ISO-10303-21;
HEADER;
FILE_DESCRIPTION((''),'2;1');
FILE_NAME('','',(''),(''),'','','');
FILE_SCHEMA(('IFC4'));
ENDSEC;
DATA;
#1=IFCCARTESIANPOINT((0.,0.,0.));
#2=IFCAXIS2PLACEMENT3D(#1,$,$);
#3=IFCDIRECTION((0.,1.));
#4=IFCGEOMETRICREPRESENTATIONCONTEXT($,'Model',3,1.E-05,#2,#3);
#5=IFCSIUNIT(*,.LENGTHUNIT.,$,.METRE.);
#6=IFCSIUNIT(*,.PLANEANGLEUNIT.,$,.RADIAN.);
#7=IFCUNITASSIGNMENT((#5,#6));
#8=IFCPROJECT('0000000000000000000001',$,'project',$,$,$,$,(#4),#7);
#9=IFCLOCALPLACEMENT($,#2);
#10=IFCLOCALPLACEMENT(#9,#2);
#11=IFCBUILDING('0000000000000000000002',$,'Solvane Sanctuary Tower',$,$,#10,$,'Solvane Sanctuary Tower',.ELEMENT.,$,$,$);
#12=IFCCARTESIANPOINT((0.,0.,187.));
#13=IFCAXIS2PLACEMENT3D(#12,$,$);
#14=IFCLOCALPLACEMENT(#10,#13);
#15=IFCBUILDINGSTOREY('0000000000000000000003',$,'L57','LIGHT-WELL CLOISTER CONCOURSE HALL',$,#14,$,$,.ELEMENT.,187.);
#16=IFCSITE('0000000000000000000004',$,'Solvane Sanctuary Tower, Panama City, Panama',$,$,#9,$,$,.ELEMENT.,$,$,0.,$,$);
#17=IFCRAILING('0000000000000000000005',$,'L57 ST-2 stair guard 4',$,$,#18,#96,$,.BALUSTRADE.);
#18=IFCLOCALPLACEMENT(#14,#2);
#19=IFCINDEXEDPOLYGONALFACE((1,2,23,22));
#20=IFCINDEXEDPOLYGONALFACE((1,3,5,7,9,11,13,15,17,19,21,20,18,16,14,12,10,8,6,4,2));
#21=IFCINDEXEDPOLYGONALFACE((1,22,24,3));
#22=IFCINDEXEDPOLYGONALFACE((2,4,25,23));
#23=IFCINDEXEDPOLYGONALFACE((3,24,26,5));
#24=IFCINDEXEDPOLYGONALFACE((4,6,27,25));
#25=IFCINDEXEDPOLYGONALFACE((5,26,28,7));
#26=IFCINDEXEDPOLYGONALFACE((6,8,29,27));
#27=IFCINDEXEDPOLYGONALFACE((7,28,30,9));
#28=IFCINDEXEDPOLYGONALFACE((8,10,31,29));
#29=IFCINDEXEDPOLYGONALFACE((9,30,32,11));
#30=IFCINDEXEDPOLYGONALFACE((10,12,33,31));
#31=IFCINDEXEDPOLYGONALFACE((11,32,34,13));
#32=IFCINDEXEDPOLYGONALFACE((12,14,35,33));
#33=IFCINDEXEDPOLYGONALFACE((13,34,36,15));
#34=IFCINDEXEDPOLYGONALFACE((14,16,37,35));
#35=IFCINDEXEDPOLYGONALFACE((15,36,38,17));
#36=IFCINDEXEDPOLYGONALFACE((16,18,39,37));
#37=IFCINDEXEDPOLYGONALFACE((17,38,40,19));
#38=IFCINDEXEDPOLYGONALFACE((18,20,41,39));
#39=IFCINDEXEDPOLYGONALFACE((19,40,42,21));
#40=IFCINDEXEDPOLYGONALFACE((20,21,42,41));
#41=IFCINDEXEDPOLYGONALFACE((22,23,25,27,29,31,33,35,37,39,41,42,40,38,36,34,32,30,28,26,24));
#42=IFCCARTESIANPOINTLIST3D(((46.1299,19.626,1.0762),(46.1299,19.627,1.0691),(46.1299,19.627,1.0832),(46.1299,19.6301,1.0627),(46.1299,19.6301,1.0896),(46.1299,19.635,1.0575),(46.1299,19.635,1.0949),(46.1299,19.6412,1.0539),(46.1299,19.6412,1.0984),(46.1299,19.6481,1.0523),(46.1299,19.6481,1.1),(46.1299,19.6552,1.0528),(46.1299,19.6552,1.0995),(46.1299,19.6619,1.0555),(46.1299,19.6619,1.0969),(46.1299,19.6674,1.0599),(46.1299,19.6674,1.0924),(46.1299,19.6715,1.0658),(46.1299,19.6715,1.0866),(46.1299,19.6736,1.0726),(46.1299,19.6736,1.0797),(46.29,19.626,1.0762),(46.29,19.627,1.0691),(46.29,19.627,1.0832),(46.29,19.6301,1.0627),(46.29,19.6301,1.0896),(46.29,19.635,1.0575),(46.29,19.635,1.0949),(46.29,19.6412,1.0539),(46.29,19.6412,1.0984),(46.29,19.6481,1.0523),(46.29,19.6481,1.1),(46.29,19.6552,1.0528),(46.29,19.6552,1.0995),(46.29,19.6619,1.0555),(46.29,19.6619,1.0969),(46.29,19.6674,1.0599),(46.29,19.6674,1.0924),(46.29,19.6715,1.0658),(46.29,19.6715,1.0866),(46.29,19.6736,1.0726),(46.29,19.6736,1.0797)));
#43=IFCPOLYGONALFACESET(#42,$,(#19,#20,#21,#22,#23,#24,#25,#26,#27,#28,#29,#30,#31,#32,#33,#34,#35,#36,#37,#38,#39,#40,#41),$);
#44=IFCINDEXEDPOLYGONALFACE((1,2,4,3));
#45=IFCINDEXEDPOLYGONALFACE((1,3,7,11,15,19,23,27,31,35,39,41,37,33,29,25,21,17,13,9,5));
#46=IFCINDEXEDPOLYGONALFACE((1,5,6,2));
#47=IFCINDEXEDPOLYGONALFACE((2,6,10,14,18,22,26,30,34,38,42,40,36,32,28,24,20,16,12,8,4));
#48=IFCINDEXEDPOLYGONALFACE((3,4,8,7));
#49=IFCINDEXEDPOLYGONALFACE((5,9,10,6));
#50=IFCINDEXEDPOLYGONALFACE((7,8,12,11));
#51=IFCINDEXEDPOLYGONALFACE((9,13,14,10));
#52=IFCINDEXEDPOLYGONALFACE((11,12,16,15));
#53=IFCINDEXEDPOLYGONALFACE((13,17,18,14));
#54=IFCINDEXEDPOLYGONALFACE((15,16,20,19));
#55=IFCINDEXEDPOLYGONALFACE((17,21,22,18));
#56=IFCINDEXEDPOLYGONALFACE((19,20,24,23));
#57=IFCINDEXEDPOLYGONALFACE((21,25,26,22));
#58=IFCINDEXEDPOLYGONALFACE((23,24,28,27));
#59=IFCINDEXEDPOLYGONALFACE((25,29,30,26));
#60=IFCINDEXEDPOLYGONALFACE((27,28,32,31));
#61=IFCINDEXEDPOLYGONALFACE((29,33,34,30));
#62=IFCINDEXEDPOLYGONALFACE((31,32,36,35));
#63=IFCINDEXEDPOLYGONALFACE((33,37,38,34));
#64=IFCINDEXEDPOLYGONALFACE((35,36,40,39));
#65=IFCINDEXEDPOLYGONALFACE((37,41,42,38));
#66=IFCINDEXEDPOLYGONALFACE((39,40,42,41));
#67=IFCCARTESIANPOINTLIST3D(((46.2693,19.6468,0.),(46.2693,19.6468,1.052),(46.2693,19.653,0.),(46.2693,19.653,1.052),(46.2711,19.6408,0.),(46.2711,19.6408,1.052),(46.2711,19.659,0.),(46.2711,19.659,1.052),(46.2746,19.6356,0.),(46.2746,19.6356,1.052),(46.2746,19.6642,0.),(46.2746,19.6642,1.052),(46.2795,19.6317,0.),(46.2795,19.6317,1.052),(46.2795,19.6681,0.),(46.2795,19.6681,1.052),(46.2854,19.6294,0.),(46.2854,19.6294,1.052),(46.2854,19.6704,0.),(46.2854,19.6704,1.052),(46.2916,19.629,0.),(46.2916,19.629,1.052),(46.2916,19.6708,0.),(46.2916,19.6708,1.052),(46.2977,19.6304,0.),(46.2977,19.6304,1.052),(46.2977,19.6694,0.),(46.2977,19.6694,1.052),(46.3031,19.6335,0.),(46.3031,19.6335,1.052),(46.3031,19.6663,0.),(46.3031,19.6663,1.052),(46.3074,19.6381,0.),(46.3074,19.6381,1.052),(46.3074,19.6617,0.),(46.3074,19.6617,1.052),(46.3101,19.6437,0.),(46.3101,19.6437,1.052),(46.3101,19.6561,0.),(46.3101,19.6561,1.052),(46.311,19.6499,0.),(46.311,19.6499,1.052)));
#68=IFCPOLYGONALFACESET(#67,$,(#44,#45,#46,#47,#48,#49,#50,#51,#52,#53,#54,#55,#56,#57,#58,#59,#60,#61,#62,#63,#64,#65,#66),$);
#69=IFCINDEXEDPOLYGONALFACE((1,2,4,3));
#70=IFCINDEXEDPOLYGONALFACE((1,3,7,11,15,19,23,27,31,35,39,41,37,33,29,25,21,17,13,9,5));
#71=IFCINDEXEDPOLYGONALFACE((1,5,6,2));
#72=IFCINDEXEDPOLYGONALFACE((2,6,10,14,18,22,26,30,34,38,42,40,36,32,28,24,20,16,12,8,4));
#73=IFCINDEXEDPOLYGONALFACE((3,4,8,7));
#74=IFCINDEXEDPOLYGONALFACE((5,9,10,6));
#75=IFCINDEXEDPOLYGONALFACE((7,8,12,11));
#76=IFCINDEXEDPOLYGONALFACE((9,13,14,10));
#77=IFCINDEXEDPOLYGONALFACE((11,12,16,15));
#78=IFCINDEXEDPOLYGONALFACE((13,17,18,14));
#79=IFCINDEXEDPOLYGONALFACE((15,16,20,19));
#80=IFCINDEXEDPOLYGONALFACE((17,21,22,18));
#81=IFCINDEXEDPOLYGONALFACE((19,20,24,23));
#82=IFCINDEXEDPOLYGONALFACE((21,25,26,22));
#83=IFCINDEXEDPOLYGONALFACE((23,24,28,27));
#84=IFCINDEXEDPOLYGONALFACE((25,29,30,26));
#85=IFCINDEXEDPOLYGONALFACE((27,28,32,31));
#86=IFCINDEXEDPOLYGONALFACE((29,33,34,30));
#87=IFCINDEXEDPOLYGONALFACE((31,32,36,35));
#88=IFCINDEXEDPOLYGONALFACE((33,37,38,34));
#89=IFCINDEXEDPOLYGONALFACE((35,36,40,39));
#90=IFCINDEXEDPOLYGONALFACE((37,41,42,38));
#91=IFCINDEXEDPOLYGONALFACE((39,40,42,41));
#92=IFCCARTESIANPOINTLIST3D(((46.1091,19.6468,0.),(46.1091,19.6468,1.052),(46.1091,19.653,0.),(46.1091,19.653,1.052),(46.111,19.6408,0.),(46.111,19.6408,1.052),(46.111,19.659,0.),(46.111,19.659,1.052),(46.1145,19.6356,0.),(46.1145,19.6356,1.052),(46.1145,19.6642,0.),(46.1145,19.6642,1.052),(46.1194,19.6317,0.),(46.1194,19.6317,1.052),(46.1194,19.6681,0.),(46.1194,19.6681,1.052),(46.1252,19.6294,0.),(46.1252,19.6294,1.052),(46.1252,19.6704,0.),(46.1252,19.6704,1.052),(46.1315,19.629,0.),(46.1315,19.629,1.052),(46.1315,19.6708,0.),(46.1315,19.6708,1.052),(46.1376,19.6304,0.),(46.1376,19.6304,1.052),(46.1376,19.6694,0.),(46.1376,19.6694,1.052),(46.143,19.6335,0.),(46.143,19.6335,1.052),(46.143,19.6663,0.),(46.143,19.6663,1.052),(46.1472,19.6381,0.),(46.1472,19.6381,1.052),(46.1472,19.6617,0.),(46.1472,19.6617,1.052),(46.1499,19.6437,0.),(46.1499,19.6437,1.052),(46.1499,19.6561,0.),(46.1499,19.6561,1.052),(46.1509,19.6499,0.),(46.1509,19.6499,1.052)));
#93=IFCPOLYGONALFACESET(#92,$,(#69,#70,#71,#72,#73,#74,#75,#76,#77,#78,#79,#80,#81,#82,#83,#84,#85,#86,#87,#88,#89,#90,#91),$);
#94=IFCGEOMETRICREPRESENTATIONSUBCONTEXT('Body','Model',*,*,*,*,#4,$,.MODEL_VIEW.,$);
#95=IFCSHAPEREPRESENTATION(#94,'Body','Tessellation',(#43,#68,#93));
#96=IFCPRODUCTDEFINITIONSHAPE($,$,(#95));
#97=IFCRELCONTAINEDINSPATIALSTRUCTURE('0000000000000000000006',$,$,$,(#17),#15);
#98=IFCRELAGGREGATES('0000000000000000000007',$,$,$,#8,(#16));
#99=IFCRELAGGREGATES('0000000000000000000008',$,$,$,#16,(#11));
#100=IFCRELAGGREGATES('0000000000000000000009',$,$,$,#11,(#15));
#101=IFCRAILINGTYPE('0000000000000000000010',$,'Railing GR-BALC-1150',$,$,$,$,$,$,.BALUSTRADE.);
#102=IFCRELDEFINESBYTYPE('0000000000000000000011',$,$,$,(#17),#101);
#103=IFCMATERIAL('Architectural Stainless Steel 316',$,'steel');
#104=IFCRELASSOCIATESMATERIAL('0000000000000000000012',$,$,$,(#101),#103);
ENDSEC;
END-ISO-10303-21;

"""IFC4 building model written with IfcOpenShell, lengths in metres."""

from ifc_helpers import new_model, si_unit, direction, frame, origin, origin_2d, place, context, subcontext, project, spatial, circle, extrude, material, type_object, element, save


model = new_model("IFC4")

# Units and contexts
model_context = context("Model", 3, precision=1e-05, world=origin(), true_north=direction((0.0, 1.0)))
body_context = subcontext(model_context, "Body", "Model", "MODEL_VIEW")
ifc_project = project(units=[si_unit("LENGTHUNIT", "METRE"), si_unit("PLANEANGLEUNIT", "RADIAN")], contexts=[model_context])

# Site, building, storey
site_placement = place(None, origin())
site = spatial("IfcSite", under=ifc_project, at=site_placement, Name="Solvane Sanctuary Tower, Panama City, Panama", CompositionType="ELEMENT", RefElevation=0.0)
building_placement = place(site_placement, origin())
building = spatial("IfcBuilding", under=site, at=building_placement, Name="Solvane Sanctuary Tower", LongName="Solvane Sanctuary Tower", CompositionType="ELEMENT")
storey_placement = place(building_placement, frame((0.0, 0.0, 187.0)))
storey = spatial("IfcBuildingStorey", under=building, at=storey_placement, Name="L57", Description="LIGHT-WELL CLOISTER CONCOURSE HALL", CompositionType="ELEMENT", Elevation=187.0)

# Shared definitions
ifc_material_1 = material(Name="Architectural Stainless Steel 316", Category="steel")

# Railing
railing_type_1 = type_object("IfcRailingType", Name="Railing GR-BALC-1150", PredefinedType="BALUSTRADE", material=ifc_material_1)
railing_1_placement = place(storey_placement, frame((46.29, 19.6499, 0.0)))
element("IfcRailing", 1, at=railing_1_placement, inside=storey, type_object=railing_type_1, Name="L57 ST-2 stair guard 4", PredefinedType="BALUSTRADE", context=body_context, shape_type="SweptSolid", body=[
    extrude(circle(Radius=0.0239, at=origin_2d()), frame((0.0, 0.0, 1.0762), z_axis=(-1.0, 0.0, 0.0), x_axis=(0.0, -1.0, 0.0)), (0.0, 0.0, 1.0), 0.1602),
    extrude(circle(Radius=0.021, at=origin_2d()), origin(), (0.0, 0.0, 1.0), 1.052),
    extrude(circle(Radius=0.021, at=origin_2d()), frame((-0.1602, 0.0, 0.0)), (0.0, 0.0, 1.0), 1.052),
])

save(model, "model.ifc")
